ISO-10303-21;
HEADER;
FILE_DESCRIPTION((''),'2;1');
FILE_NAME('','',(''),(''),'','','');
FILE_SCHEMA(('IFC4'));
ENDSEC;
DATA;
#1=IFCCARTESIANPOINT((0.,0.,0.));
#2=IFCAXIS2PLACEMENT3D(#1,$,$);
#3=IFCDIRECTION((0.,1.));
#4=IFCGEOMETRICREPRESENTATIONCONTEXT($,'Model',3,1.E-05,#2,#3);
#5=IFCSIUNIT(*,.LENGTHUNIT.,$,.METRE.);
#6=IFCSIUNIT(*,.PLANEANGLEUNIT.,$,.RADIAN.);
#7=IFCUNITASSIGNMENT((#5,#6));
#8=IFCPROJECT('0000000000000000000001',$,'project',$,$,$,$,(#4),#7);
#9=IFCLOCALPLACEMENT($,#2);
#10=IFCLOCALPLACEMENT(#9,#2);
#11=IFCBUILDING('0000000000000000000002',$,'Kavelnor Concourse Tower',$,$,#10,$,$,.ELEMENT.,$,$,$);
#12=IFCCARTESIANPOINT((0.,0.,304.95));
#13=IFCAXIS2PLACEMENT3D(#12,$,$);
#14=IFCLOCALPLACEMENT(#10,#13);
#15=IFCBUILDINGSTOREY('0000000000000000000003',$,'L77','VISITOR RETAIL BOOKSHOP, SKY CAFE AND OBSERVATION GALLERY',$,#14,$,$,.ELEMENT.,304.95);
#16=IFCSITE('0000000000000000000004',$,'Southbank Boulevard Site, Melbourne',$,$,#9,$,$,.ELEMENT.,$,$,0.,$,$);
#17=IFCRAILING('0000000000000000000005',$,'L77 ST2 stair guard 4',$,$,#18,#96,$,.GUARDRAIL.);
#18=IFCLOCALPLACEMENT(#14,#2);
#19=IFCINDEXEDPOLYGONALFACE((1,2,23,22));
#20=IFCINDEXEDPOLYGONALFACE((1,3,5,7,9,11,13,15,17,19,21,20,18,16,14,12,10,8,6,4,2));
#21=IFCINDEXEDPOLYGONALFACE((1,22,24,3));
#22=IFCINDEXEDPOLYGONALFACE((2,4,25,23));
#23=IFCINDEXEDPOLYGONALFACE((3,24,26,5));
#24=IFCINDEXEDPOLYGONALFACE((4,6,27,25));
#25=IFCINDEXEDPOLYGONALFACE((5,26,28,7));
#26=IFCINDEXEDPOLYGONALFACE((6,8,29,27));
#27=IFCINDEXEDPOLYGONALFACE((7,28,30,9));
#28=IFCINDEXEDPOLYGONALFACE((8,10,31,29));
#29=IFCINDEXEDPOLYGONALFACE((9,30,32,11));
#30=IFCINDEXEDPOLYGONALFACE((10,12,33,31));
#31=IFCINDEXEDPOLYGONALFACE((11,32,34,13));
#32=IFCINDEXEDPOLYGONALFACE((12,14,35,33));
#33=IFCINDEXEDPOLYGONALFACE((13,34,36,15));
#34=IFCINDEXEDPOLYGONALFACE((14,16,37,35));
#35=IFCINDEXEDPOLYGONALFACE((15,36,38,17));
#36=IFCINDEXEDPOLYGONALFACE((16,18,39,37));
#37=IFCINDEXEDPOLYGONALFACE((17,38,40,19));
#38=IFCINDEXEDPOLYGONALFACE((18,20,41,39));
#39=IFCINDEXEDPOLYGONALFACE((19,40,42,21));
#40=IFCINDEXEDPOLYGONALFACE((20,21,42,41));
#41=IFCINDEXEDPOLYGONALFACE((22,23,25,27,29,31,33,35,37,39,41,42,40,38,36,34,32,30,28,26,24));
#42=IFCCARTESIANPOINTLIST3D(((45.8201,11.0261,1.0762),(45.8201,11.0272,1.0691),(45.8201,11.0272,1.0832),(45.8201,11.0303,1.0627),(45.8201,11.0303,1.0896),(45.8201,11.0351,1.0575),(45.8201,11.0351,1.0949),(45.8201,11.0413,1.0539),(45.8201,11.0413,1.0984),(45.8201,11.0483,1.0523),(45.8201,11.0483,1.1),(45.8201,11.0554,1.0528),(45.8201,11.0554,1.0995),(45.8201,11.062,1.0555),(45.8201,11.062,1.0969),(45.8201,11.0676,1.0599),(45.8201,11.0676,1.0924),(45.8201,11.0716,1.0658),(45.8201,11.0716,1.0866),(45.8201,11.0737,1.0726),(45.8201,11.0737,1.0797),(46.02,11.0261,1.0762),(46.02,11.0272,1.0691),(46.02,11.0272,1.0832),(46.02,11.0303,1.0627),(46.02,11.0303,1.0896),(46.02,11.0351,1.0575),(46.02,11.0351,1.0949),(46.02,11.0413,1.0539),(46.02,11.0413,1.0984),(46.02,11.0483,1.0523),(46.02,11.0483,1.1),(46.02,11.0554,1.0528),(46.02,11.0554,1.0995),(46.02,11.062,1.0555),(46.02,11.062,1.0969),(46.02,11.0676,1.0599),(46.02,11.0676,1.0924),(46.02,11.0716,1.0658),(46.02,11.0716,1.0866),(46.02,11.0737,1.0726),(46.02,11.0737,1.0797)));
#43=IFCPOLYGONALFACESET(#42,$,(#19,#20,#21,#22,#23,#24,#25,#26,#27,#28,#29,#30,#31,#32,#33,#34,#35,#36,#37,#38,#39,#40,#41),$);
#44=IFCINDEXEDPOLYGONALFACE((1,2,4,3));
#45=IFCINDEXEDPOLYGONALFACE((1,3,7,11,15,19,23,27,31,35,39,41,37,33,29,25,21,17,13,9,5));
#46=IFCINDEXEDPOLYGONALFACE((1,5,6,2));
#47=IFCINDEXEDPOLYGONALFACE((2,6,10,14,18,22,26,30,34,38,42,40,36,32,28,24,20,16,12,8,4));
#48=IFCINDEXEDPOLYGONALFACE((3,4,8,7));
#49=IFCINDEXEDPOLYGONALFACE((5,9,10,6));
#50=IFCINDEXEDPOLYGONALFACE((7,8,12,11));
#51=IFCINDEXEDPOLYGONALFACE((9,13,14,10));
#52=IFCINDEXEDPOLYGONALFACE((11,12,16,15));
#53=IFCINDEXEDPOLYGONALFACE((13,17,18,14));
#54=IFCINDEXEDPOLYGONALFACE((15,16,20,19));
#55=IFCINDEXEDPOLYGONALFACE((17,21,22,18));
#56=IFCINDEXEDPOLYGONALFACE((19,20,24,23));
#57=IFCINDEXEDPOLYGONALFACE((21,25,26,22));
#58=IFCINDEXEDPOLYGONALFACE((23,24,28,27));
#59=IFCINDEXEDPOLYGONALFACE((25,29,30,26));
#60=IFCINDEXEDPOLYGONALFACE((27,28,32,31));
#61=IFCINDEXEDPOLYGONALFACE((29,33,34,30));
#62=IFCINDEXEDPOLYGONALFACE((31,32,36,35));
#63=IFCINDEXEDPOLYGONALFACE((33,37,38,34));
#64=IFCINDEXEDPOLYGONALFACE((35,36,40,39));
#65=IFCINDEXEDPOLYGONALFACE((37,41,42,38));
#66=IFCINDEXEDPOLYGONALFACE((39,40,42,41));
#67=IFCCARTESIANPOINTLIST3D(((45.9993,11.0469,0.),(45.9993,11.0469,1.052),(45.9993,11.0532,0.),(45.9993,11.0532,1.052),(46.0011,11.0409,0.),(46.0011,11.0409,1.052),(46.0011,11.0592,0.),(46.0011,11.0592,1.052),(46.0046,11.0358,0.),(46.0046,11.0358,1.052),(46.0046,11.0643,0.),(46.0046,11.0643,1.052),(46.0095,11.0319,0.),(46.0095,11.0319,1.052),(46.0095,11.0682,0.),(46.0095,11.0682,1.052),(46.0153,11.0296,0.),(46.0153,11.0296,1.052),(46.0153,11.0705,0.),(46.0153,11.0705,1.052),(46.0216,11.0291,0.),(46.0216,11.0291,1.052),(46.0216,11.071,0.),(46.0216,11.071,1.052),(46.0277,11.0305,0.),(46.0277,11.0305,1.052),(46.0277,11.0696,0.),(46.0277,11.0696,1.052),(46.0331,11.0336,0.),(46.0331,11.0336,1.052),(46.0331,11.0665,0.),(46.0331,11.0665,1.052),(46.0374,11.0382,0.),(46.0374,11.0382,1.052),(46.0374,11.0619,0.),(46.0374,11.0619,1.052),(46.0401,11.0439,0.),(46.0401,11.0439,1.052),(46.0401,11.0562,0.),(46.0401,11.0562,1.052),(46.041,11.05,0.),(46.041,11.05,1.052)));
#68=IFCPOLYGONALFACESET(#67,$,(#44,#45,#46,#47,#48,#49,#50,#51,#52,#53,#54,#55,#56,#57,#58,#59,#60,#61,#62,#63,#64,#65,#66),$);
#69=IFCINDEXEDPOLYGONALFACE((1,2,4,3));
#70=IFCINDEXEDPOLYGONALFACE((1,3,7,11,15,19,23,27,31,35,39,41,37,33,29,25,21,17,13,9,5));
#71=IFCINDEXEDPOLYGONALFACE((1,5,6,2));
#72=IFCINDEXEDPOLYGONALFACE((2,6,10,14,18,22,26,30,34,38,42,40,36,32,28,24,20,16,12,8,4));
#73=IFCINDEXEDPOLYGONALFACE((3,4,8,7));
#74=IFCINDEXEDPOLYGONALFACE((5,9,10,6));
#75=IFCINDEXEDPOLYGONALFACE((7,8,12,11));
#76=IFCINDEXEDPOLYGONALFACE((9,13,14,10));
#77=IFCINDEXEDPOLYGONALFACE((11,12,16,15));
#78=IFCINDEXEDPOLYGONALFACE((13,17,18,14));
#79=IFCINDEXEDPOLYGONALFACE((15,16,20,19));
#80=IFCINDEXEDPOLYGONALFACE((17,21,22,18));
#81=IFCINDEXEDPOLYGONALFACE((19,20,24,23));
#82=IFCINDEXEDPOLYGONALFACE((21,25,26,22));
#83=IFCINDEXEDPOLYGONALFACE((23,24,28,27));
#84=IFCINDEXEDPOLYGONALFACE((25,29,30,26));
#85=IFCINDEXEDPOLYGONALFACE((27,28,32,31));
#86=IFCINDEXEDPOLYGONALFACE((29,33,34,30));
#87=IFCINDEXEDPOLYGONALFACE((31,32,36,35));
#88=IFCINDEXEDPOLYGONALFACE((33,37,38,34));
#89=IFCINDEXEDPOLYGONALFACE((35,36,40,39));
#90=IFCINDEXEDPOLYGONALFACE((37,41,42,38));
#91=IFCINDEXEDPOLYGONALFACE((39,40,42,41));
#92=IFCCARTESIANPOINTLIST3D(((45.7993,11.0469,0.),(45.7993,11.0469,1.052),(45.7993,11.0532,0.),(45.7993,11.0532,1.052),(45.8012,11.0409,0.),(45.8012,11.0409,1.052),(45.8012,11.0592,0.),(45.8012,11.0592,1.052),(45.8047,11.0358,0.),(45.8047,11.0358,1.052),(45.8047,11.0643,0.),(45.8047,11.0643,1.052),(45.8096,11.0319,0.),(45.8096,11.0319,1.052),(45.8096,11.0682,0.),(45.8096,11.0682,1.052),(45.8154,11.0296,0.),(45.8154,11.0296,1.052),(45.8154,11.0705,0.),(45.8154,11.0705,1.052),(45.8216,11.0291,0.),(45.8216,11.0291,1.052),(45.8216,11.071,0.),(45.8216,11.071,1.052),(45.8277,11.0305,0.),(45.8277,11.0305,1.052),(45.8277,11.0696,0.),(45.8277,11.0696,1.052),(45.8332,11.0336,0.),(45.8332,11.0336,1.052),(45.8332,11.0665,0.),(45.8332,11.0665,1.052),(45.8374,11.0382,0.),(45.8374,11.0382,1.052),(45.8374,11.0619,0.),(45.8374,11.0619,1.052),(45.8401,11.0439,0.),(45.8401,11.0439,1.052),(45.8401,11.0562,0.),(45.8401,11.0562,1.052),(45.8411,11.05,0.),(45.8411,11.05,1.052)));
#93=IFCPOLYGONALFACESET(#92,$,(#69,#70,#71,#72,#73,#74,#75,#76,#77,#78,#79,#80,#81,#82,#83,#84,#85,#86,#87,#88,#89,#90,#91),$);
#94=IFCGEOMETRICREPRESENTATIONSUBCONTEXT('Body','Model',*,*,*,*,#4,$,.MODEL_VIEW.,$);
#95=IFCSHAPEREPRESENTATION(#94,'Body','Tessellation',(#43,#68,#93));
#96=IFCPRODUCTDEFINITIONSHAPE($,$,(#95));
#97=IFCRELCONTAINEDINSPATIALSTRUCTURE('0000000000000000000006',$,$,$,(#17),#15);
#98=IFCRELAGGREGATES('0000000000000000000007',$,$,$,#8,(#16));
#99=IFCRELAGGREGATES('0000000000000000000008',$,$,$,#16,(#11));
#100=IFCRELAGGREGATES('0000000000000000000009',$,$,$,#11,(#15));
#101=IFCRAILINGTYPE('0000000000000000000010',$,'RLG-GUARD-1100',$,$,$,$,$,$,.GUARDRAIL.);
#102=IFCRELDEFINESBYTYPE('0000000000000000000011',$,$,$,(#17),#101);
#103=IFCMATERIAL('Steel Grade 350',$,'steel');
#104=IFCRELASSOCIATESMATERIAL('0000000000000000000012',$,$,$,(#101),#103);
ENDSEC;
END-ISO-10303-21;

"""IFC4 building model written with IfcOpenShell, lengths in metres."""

from ifc_helpers import new_model, si_unit, direction, frame, origin, origin_2d, place, context, subcontext, project, spatial, circle, extrude, material, type_object, element, save


model = new_model("IFC4")

# Units and contexts
model_context = context("Model", 3, precision=1e-05, world=origin(), true_north=direction((0.0, 1.0)))
body_context = subcontext(model_context, "Body", "Model", "MODEL_VIEW")
ifc_project = project(units=[si_unit("LENGTHUNIT", "METRE"), si_unit("PLANEANGLEUNIT", "RADIAN")], contexts=[model_context])

# Site, building, storey
site_placement = place(None, origin())
site = spatial("IfcSite", under=ifc_project, at=site_placement, Name="Southbank Boulevard Site, Melbourne", CompositionType="ELEMENT", RefElevation=0.0)
building_placement = place(site_placement, origin())
building = spatial("IfcBuilding", under=site, at=building_placement, Name="Kavelnor Concourse Tower", CompositionType="ELEMENT")
storey_placement = place(building_placement, frame((0.0, 0.0, 304.95)))
storey = spatial("IfcBuildingStorey", under=building, at=storey_placement, Name="L77", Description="VISITOR RETAIL BOOKSHOP, SKY CAFE AND OBSERVATION GALLERY", CompositionType="ELEMENT", Elevation=304.95)

# Shared definitions
ifc_material_1 = material(Name="Steel Grade 350", Category="steel")

# Railing
railing_type_1 = type_object("IfcRailingType", Name="RLG-GUARD-1100", PredefinedType="GUARDRAIL", material=ifc_material_1)
railing_1_placement = place(storey_placement, frame((46.02, 11.05, 0.0)))
element("IfcRailing", 1, at=railing_1_placement, inside=storey, type_object=railing_type_1, Name="L77 ST2 stair guard 4", PredefinedType="GUARDRAIL", context=body_context, shape_type="SweptSolid", body=[
    extrude(circle(Radius=0.0239, at=origin_2d()), frame((0.0, 0.0, 1.0762), z_axis=(-1.0, 0.0, 0.0), x_axis=(0.0, -1.0, 0.0)), (0.0, 0.0, 1.0), 0.2),
    extrude(circle(Radius=0.021, at=origin_2d()), origin(), (0.0, 0.0, 1.0), 1.052),
    extrude(circle(Radius=0.021, at=origin_2d()), frame((-0.2, 0.0, 0.0)), (0.0, 0.0, 1.0), 1.052),
])

save(model, "model.ifc")
